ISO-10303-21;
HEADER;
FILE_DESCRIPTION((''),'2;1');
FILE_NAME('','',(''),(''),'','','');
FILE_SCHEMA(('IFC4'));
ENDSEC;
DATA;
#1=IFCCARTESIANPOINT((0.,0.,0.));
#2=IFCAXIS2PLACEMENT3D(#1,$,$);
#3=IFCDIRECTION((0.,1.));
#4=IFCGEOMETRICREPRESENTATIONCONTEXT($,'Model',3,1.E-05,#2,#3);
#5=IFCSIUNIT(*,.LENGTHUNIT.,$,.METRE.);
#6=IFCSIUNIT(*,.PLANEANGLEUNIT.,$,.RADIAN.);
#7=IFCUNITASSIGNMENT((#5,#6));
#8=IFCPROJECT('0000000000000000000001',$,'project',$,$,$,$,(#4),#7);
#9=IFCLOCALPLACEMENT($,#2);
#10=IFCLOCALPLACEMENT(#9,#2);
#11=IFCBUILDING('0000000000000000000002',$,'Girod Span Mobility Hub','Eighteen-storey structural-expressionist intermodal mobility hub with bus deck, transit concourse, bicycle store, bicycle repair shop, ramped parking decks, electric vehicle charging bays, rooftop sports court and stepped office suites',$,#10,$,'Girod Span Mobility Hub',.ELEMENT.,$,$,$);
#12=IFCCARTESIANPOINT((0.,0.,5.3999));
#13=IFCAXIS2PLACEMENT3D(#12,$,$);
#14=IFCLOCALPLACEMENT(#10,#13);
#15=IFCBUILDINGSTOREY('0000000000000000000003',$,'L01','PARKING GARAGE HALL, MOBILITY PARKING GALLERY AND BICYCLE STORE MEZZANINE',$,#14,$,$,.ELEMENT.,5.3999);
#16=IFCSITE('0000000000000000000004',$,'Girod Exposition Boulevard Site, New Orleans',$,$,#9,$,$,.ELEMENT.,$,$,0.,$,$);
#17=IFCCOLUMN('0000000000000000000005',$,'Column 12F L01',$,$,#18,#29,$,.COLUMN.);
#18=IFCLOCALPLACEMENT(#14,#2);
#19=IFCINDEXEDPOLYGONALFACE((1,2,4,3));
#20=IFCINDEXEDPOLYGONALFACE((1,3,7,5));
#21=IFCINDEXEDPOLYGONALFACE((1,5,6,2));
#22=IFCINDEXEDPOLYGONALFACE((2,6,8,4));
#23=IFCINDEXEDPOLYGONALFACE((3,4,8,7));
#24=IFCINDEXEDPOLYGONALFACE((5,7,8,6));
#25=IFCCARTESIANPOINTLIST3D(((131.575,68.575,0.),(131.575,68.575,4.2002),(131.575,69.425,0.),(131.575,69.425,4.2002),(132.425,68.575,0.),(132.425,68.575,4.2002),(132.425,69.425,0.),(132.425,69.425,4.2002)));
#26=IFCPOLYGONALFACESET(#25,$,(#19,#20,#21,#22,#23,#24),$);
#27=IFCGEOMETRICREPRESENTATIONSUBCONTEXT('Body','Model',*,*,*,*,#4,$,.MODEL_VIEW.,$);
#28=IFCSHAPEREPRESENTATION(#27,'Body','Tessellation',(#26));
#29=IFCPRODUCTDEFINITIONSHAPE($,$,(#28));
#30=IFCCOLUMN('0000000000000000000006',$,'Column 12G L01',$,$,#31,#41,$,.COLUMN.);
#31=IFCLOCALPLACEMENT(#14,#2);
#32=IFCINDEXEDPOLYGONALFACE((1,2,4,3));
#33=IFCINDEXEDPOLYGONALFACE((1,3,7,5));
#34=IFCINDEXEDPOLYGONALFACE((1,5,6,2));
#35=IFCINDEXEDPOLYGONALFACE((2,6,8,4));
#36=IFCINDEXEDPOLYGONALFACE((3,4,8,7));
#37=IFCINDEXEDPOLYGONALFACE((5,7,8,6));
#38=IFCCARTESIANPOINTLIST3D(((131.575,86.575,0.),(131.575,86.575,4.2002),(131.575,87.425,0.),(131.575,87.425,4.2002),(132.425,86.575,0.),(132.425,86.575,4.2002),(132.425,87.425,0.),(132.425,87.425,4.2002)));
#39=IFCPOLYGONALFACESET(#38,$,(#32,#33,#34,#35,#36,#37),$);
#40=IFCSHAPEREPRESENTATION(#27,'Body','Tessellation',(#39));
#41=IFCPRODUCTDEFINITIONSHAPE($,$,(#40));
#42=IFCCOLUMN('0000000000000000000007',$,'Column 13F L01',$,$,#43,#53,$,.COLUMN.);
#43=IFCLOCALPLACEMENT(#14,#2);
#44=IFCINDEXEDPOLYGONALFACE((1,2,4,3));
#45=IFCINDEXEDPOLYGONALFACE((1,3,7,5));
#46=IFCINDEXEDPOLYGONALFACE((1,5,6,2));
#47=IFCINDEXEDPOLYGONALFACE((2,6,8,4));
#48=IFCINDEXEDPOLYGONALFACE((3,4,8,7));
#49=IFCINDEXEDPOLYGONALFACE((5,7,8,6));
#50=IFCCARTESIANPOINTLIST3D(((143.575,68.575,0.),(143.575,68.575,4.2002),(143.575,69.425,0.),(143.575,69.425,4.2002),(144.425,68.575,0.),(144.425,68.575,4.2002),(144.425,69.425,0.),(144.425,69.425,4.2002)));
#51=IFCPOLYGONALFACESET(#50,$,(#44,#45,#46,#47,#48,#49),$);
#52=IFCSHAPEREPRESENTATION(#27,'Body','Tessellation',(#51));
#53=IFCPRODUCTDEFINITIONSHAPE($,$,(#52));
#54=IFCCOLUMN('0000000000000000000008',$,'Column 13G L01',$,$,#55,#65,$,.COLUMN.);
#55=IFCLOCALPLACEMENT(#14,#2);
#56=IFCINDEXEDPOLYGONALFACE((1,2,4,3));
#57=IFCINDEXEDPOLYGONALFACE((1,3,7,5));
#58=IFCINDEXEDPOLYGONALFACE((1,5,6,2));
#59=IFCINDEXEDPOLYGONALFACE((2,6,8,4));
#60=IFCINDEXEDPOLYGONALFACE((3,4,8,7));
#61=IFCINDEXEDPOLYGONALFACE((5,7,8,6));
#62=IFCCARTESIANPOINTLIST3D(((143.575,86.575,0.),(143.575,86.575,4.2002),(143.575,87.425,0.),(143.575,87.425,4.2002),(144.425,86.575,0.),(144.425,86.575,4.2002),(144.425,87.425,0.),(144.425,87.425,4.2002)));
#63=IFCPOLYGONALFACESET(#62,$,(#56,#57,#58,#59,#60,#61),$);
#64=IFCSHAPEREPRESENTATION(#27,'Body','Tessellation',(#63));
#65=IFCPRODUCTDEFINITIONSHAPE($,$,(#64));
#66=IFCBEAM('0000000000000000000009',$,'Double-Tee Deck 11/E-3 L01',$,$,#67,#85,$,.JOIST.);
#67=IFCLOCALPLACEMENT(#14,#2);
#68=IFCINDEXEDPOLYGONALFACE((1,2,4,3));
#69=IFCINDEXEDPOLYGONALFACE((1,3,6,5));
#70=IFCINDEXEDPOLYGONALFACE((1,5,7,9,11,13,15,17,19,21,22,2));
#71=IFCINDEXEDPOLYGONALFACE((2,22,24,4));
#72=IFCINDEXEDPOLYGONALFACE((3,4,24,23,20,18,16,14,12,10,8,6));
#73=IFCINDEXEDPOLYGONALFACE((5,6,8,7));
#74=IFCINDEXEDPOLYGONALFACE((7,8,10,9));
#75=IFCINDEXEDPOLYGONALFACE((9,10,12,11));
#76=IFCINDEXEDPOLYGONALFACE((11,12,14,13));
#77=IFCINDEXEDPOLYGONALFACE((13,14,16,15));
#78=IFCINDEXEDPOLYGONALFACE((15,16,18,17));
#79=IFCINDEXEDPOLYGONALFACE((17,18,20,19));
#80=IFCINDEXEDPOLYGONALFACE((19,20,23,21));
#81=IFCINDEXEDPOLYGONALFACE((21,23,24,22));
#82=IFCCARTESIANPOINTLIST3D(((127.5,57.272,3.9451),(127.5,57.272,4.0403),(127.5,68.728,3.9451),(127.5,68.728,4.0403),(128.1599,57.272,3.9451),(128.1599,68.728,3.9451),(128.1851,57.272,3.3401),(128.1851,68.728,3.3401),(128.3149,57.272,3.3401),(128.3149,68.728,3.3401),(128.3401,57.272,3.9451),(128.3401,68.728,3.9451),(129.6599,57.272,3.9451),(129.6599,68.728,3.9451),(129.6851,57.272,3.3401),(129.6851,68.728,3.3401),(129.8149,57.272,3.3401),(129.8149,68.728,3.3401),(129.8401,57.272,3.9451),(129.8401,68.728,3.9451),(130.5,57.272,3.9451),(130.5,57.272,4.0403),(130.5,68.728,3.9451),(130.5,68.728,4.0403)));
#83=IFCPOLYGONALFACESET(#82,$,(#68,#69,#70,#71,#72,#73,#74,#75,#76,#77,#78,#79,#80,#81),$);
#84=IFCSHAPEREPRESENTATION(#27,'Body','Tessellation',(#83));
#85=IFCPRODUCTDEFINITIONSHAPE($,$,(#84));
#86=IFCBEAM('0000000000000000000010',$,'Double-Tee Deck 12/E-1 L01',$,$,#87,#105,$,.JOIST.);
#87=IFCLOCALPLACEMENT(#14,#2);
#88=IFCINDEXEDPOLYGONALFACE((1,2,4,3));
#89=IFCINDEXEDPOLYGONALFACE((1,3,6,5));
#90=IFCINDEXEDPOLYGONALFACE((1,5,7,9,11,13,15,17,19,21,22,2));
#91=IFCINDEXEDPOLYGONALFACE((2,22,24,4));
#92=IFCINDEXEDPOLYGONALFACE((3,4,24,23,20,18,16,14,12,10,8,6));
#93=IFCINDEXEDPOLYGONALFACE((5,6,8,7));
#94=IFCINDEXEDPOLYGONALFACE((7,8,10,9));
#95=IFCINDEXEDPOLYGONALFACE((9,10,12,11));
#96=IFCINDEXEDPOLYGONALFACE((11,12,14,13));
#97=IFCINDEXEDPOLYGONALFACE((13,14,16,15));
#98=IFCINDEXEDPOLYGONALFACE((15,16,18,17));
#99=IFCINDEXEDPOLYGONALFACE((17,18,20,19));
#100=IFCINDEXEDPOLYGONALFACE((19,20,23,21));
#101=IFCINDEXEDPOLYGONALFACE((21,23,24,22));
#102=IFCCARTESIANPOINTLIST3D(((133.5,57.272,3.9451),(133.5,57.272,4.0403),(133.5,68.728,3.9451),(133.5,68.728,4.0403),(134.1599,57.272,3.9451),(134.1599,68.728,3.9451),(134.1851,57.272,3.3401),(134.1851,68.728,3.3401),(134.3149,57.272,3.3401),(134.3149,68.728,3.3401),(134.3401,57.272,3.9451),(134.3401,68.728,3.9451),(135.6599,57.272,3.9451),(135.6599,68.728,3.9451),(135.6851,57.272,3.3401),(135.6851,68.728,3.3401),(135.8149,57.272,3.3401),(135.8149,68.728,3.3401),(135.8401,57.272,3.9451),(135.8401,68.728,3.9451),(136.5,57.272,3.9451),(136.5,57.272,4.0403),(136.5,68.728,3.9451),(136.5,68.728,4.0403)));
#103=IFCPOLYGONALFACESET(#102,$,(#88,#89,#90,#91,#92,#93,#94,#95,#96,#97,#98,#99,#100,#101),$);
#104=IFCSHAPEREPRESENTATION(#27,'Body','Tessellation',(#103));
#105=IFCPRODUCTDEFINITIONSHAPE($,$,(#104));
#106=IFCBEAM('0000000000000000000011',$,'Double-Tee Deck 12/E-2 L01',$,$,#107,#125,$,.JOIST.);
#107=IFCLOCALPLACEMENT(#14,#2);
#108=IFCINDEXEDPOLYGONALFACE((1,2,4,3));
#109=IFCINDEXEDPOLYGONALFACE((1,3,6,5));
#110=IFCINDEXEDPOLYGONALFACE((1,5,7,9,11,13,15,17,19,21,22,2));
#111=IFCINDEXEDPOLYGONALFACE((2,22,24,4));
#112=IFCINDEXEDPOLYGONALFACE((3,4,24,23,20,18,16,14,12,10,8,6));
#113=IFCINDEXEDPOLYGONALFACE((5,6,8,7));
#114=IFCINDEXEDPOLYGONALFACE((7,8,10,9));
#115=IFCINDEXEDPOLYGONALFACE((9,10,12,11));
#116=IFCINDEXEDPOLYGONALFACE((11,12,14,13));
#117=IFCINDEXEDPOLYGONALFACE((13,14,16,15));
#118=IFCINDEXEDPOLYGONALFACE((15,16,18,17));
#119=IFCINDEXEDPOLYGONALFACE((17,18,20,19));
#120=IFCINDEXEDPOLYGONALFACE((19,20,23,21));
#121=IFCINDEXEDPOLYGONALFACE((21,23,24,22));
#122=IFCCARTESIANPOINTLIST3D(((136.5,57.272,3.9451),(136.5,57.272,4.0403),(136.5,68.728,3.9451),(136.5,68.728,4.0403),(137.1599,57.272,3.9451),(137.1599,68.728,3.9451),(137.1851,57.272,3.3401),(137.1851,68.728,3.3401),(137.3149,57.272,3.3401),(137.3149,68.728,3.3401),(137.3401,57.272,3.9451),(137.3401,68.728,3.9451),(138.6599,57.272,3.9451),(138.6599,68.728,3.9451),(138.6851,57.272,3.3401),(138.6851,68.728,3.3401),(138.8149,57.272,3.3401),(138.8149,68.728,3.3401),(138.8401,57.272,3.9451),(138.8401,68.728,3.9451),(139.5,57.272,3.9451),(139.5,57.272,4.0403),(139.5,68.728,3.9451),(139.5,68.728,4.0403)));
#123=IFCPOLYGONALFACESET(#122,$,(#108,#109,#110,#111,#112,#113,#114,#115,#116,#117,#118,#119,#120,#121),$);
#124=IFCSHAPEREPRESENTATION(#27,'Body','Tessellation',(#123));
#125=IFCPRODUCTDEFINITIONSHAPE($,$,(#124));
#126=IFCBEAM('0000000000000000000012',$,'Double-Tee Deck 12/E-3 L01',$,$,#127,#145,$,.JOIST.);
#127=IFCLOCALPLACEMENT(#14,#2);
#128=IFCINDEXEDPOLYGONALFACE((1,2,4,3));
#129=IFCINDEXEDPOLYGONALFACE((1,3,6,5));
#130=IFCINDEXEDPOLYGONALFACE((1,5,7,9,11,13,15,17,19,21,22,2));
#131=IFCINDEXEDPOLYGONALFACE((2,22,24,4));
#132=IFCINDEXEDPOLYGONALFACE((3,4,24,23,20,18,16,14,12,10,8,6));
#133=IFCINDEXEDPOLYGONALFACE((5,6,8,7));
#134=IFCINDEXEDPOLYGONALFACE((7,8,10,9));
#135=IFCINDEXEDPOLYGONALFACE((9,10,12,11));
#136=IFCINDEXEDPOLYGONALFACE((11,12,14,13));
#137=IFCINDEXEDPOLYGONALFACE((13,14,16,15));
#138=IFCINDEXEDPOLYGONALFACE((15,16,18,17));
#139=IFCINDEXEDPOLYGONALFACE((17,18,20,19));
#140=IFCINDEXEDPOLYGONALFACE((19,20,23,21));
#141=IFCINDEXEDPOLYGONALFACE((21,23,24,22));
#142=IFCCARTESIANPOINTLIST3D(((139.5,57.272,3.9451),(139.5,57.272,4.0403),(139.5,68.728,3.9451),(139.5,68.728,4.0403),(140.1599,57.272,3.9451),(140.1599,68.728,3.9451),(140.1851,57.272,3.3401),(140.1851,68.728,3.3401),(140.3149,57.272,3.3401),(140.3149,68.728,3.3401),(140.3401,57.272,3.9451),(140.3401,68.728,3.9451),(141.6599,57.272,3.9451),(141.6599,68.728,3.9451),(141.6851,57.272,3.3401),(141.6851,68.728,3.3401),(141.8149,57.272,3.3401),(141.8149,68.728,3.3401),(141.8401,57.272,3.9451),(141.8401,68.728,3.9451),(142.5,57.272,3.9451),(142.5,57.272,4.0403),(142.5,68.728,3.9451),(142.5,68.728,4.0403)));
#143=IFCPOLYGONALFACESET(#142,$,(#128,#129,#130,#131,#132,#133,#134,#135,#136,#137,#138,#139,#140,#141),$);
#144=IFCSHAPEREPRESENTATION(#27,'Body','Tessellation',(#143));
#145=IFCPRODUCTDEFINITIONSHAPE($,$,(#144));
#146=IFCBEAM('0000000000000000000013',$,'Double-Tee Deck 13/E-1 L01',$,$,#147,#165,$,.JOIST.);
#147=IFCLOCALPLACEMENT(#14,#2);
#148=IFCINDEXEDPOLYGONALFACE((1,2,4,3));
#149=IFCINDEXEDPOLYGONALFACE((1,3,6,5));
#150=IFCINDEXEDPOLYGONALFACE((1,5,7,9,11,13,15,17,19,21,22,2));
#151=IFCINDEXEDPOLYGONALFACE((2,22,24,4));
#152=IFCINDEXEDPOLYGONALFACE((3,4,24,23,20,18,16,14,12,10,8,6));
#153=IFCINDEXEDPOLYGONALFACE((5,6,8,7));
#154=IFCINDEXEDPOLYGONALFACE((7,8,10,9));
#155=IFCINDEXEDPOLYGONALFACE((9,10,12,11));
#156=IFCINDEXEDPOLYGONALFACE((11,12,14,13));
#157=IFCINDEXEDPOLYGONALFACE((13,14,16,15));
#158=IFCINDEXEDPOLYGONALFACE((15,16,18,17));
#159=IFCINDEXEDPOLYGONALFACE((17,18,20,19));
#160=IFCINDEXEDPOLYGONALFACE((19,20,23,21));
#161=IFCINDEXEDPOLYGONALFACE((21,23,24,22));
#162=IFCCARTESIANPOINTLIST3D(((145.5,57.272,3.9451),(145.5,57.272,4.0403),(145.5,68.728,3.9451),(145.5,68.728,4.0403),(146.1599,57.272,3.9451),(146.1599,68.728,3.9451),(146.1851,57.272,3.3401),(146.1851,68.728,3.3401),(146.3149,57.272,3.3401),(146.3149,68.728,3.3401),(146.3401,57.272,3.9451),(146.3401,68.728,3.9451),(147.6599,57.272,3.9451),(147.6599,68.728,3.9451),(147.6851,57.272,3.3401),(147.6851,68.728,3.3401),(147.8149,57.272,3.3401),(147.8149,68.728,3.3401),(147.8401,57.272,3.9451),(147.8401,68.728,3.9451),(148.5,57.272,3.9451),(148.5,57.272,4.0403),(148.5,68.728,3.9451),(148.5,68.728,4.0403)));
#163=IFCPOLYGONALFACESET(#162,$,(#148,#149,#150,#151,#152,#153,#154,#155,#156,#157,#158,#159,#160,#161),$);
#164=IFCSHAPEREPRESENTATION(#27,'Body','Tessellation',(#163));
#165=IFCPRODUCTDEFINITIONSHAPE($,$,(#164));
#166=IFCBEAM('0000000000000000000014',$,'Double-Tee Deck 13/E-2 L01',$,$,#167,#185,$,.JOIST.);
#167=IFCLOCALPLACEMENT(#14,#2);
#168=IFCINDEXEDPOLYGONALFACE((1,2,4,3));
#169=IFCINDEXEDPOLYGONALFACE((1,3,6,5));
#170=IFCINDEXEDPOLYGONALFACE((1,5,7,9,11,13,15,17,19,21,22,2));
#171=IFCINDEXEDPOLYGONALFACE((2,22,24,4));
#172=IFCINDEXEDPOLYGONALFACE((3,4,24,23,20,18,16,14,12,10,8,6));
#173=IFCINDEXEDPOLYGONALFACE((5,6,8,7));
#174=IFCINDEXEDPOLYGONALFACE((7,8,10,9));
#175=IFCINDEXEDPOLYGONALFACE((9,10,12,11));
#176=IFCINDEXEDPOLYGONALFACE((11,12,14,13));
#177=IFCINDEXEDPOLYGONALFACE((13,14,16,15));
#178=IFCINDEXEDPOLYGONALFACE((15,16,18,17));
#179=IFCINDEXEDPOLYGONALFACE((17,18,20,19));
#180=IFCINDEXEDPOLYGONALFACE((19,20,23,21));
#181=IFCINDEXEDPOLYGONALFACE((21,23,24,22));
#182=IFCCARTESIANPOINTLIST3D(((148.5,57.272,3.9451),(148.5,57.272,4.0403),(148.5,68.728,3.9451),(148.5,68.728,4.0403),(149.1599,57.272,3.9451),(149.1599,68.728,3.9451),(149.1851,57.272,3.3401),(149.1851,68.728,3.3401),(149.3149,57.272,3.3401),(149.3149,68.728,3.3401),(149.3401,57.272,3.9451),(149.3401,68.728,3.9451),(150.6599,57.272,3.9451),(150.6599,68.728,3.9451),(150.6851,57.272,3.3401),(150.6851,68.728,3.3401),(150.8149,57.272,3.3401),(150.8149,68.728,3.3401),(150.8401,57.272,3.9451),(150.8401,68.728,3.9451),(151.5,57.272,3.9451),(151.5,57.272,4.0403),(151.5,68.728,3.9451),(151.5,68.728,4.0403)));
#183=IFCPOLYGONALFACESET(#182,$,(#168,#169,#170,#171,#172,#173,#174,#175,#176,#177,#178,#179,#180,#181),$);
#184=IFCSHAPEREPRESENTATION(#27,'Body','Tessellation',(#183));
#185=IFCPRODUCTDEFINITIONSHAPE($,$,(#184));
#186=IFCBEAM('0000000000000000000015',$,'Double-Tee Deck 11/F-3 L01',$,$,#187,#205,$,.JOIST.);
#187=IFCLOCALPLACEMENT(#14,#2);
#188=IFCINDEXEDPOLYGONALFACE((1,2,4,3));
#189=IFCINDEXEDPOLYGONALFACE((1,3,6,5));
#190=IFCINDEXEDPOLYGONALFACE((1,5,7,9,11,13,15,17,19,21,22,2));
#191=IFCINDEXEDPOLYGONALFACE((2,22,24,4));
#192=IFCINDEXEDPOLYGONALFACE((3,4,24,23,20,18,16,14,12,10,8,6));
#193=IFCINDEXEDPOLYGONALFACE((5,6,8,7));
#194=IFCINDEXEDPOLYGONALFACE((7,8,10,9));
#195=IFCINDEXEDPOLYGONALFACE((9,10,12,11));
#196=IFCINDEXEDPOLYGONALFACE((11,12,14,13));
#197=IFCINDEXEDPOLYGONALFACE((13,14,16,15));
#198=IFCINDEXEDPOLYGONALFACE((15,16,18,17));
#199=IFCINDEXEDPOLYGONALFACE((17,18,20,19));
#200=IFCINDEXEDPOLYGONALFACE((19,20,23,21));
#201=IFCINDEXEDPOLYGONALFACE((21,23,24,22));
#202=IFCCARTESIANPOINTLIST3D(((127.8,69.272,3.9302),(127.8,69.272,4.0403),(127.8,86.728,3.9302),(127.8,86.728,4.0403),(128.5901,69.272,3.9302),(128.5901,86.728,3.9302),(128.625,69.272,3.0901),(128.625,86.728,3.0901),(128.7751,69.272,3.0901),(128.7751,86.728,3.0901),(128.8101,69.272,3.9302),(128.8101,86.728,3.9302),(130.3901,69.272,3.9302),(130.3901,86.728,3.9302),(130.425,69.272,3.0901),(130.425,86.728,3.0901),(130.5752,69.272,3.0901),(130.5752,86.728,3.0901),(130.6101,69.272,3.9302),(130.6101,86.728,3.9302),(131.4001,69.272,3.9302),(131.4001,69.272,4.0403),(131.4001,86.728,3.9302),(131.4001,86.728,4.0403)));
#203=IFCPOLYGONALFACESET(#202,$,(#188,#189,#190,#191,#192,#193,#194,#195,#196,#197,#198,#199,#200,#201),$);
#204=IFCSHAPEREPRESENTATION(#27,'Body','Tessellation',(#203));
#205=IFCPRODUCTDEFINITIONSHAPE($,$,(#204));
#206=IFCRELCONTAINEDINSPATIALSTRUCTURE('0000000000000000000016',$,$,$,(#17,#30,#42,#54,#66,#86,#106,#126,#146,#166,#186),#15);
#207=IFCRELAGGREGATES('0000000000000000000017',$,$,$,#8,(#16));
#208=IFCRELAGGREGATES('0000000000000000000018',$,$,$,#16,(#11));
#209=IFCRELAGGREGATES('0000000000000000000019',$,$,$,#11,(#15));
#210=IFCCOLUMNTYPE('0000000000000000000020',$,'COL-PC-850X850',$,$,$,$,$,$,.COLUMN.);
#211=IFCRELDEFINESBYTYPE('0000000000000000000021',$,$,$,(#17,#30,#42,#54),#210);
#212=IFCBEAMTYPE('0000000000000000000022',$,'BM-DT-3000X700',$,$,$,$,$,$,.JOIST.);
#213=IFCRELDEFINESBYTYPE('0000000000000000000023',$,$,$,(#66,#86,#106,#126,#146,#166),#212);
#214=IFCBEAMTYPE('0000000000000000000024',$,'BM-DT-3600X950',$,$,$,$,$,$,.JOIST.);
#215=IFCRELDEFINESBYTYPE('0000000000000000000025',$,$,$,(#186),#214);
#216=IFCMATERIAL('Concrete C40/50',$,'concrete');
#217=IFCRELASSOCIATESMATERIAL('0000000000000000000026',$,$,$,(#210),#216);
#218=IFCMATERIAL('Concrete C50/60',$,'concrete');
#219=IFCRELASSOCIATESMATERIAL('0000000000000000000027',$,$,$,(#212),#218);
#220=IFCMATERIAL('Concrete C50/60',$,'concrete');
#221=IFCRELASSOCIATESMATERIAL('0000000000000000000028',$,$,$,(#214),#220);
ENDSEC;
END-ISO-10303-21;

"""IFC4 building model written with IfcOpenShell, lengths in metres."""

from ifc_helpers import new_model, si_unit, direction, frame, origin, origin_2d, place, context, subcontext, project, spatial, polyline, rectangle, outline, extrude, material, material_profile, profile_set, type_object, element, save


model = new_model("IFC4")

# Units and contexts
model_context = context("Model", 3, precision=1e-05, world=origin(), true_north=direction((0.0, 1.0)))
body_context = subcontext(model_context, "Body", "Model", "MODEL_VIEW")
ifc_project = project(units=[si_unit("LENGTHUNIT", "METRE"), si_unit("PLANEANGLEUNIT", "RADIAN")], contexts=[model_context])

# Site, building, storey
site_placement = place(None, origin())
site = spatial("IfcSite", under=ifc_project, at=site_placement, Name="Girod Exposition Boulevard Site, New Orleans", CompositionType="ELEMENT", RefElevation=0.0)
building_placement = place(site_placement, origin())
building = spatial("IfcBuilding", under=site, at=building_placement, Name="Girod Span Mobility Hub", Description="Eighteen-storey structural-expressionist intermodal mobility hub with bus deck, transit concourse, bicycle store, bicycle repair shop, ramped parking decks, electric vehicle charging bays, rooftop sports court and stepped office suites", LongName="Girod Span Mobility Hub", CompositionType="ELEMENT")
storey_placement = place(building_placement, frame((0.0, 0.0, 5.3999)))
storey = spatial("IfcBuildingStorey", under=building, at=storey_placement, Name="L01", Description="PARKING GARAGE HALL, MOBILITY PARKING GALLERY AND BICYCLE STORE MEZZANINE", CompositionType="ELEMENT", Elevation=5.3999)

# Columns
ifc_material_1 = material(Name="Concrete C40/50", Category="concrete")
ifc_material_profile_1 = material_profile(ifc_material_1, rectangle(XDim=0.8501, YDim=0.8501, at=origin_2d()), Name="PC-COL-850X850")
ifc_profile_set_1 = profile_set([ifc_material_profile_1], Name="Concrete C40/50")
column_type = type_object("IfcColumnType", Name="COL-PC-850X850", PredefinedType="COLUMN", material=ifc_profile_set_1)
for number, where, z_axis, x_axis, name in (
    (1, (132.0, 69.0, 0.0), (0.0, 0.0, 1.0), (1.0, 0.0, 0.0), "Column 12F L01"),
    (2, (132.0, 87.0, 0.0), (0.0, 0.0, 1.0), (1.0, 0.0, 0.0), "Column 12G L01"),
    (3, (144.0, 69.0, 0.0), (0.0, 0.0, 1.0), (1.0, 0.0, 0.0), "Column 13F L01"),
    (4, (144.0, 87.0, 0.0), (0.0, 0.0, 1.0), (1.0, 0.0, 0.0), "Column 13G L01"),
):
    element("IfcColumn", number, at=place(storey_placement, frame(where, z_axis=z_axis, x_axis=x_axis)), inside=storey, type_object=column_type, Name=name, PredefinedType="COLUMN", context=body_context, shape_type="SweptSolid", body=[
        extrude(rectangle(XDim=0.8501, YDim=0.8501, at=origin_2d()), origin(), (0.0, 0.0, 1.0), 4.2002),
    ])

# Beams
ifc_material_2 = material(Name="Concrete C50/60", Category="concrete")
ifc_material_profile_2 = material_profile(ifc_material_2, outline(polyline([(-1.5, 0.3501), (-1.5, 0.2549), (-0.8401, 0.2549), (-0.8149, -0.3501), (-0.6851, -0.3501), (-0.6599, 0.2549), (0.6599, 0.2549), (0.6851, -0.3501), (0.8149, -0.3501), (0.8401, 0.2549), (1.5, 0.2549), (1.5, 0.3501), (-1.5, 0.3501)])), Name="DT-3000X700")
ifc_profile_set_2 = profile_set([ifc_material_profile_2], Name="Concrete C50/60")
beam_type_1 = type_object("IfcBeamType", Name="BM-DT-3000X700", PredefinedType="JOIST", material=ifc_profile_set_2)
for number, where, z_axis, x_axis, name in (
    (5, (129.0, 57.272, 3.6902), (0.0, 1.0, 0.0), (-1.0, 0.0, 0.0), "Double-Tee Deck 11/E-3 L01"),
    (6, (135.0, 57.272, 3.6902), (0.0, 1.0, 0.0), (-1.0, 0.0, 0.0), "Double-Tee Deck 12/E-1 L01"),
    (7, (138.0, 57.272, 3.6902), (0.0, 1.0, 0.0), (-1.0, 0.0, 0.0), "Double-Tee Deck 12/E-2 L01"),
    (8, (141.0, 57.272, 3.6902), (0.0, 1.0, 0.0), (-1.0, 0.0, 0.0), "Double-Tee Deck 12/E-3 L01"),
    (9, (147.0, 57.272, 3.6902), (0.0, 1.0, 0.0), (-1.0, 0.0, 0.0), "Double-Tee Deck 13/E-1 L01"),
    (10, (150.0, 57.272, 3.6902), (0.0, 1.0, 0.0), (-1.0, 0.0, 0.0), "Double-Tee Deck 13/E-2 L01"),
):
    element("IfcBeam", number, at=place(storey_placement, frame(where, z_axis=z_axis, x_axis=x_axis)), inside=storey, type_object=beam_type_1, Name=name, PredefinedType="JOIST", context=body_context, shape_type="SweptSolid", body=[
        extrude(outline(polyline([(-1.5, 0.3501), (-1.5, 0.2549), (-0.8401, 0.2549), (-0.8149, -0.3501), (-0.6851, -0.3501), (-0.6599, 0.2549), (0.6599, 0.2549), (0.6851, -0.3501), (0.8149, -0.3501), (0.8401, 0.2549), (1.5, 0.2549), (1.5, 0.3501), (-1.5, 0.3501)])), origin(), (0.0, 0.0, 1.0), 11.4561),
    ])
ifc_material_3 = material(Name="Concrete C50/60", Category="concrete")
ifc_material_profile_3 = material_profile(ifc_material_3, outline(polyline([(-1.8, 0.4751), (-1.8, 0.365), (-1.01, 0.365), (-0.9751, -0.4751), (-0.825, -0.4751), (-0.79, 0.365), (0.79, 0.365), (0.825, -0.4751), (0.9751, -0.4751), (1.01, 0.365), (1.8, 0.365), (1.8, 0.4751), (-1.8, 0.4751)])), Name="DT-3600X950")
ifc_profile_set_3 = profile_set([ifc_material_profile_3], Name="Concrete C50/60")
beam_type_2 = type_object("IfcBeamType", Name="BM-DT-3600X950", PredefinedType="JOIST", material=ifc_profile_set_3)
for number, where, z_axis, x_axis, name in (
    (11, (129.6001, 69.272, 3.5652), (0.0, 1.0, 0.0), (-1.0, 0.0, 0.0), "Double-Tee Deck 11/F-3 L01"),
):
    element("IfcBeam", number, at=place(storey_placement, frame(where, z_axis=z_axis, x_axis=x_axis)), inside=storey, type_object=beam_type_2, Name=name, PredefinedType="JOIST", context=body_context, shape_type="SweptSolid", body=[
        extrude(outline(polyline([(-1.8, 0.4751), (-1.8, 0.365), (-1.01, 0.365), (-0.9751, -0.4751), (-0.825, -0.4751), (-0.79, 0.365), (0.79, 0.365), (0.825, -0.4751), (0.9751, -0.4751), (1.01, 0.365), (1.8, 0.365), (1.8, 0.4751), (-1.8, 0.4751)])), origin(), (0.0, 0.0, 1.0), 17.4561),
    ])

save(model, "model.ifc")
